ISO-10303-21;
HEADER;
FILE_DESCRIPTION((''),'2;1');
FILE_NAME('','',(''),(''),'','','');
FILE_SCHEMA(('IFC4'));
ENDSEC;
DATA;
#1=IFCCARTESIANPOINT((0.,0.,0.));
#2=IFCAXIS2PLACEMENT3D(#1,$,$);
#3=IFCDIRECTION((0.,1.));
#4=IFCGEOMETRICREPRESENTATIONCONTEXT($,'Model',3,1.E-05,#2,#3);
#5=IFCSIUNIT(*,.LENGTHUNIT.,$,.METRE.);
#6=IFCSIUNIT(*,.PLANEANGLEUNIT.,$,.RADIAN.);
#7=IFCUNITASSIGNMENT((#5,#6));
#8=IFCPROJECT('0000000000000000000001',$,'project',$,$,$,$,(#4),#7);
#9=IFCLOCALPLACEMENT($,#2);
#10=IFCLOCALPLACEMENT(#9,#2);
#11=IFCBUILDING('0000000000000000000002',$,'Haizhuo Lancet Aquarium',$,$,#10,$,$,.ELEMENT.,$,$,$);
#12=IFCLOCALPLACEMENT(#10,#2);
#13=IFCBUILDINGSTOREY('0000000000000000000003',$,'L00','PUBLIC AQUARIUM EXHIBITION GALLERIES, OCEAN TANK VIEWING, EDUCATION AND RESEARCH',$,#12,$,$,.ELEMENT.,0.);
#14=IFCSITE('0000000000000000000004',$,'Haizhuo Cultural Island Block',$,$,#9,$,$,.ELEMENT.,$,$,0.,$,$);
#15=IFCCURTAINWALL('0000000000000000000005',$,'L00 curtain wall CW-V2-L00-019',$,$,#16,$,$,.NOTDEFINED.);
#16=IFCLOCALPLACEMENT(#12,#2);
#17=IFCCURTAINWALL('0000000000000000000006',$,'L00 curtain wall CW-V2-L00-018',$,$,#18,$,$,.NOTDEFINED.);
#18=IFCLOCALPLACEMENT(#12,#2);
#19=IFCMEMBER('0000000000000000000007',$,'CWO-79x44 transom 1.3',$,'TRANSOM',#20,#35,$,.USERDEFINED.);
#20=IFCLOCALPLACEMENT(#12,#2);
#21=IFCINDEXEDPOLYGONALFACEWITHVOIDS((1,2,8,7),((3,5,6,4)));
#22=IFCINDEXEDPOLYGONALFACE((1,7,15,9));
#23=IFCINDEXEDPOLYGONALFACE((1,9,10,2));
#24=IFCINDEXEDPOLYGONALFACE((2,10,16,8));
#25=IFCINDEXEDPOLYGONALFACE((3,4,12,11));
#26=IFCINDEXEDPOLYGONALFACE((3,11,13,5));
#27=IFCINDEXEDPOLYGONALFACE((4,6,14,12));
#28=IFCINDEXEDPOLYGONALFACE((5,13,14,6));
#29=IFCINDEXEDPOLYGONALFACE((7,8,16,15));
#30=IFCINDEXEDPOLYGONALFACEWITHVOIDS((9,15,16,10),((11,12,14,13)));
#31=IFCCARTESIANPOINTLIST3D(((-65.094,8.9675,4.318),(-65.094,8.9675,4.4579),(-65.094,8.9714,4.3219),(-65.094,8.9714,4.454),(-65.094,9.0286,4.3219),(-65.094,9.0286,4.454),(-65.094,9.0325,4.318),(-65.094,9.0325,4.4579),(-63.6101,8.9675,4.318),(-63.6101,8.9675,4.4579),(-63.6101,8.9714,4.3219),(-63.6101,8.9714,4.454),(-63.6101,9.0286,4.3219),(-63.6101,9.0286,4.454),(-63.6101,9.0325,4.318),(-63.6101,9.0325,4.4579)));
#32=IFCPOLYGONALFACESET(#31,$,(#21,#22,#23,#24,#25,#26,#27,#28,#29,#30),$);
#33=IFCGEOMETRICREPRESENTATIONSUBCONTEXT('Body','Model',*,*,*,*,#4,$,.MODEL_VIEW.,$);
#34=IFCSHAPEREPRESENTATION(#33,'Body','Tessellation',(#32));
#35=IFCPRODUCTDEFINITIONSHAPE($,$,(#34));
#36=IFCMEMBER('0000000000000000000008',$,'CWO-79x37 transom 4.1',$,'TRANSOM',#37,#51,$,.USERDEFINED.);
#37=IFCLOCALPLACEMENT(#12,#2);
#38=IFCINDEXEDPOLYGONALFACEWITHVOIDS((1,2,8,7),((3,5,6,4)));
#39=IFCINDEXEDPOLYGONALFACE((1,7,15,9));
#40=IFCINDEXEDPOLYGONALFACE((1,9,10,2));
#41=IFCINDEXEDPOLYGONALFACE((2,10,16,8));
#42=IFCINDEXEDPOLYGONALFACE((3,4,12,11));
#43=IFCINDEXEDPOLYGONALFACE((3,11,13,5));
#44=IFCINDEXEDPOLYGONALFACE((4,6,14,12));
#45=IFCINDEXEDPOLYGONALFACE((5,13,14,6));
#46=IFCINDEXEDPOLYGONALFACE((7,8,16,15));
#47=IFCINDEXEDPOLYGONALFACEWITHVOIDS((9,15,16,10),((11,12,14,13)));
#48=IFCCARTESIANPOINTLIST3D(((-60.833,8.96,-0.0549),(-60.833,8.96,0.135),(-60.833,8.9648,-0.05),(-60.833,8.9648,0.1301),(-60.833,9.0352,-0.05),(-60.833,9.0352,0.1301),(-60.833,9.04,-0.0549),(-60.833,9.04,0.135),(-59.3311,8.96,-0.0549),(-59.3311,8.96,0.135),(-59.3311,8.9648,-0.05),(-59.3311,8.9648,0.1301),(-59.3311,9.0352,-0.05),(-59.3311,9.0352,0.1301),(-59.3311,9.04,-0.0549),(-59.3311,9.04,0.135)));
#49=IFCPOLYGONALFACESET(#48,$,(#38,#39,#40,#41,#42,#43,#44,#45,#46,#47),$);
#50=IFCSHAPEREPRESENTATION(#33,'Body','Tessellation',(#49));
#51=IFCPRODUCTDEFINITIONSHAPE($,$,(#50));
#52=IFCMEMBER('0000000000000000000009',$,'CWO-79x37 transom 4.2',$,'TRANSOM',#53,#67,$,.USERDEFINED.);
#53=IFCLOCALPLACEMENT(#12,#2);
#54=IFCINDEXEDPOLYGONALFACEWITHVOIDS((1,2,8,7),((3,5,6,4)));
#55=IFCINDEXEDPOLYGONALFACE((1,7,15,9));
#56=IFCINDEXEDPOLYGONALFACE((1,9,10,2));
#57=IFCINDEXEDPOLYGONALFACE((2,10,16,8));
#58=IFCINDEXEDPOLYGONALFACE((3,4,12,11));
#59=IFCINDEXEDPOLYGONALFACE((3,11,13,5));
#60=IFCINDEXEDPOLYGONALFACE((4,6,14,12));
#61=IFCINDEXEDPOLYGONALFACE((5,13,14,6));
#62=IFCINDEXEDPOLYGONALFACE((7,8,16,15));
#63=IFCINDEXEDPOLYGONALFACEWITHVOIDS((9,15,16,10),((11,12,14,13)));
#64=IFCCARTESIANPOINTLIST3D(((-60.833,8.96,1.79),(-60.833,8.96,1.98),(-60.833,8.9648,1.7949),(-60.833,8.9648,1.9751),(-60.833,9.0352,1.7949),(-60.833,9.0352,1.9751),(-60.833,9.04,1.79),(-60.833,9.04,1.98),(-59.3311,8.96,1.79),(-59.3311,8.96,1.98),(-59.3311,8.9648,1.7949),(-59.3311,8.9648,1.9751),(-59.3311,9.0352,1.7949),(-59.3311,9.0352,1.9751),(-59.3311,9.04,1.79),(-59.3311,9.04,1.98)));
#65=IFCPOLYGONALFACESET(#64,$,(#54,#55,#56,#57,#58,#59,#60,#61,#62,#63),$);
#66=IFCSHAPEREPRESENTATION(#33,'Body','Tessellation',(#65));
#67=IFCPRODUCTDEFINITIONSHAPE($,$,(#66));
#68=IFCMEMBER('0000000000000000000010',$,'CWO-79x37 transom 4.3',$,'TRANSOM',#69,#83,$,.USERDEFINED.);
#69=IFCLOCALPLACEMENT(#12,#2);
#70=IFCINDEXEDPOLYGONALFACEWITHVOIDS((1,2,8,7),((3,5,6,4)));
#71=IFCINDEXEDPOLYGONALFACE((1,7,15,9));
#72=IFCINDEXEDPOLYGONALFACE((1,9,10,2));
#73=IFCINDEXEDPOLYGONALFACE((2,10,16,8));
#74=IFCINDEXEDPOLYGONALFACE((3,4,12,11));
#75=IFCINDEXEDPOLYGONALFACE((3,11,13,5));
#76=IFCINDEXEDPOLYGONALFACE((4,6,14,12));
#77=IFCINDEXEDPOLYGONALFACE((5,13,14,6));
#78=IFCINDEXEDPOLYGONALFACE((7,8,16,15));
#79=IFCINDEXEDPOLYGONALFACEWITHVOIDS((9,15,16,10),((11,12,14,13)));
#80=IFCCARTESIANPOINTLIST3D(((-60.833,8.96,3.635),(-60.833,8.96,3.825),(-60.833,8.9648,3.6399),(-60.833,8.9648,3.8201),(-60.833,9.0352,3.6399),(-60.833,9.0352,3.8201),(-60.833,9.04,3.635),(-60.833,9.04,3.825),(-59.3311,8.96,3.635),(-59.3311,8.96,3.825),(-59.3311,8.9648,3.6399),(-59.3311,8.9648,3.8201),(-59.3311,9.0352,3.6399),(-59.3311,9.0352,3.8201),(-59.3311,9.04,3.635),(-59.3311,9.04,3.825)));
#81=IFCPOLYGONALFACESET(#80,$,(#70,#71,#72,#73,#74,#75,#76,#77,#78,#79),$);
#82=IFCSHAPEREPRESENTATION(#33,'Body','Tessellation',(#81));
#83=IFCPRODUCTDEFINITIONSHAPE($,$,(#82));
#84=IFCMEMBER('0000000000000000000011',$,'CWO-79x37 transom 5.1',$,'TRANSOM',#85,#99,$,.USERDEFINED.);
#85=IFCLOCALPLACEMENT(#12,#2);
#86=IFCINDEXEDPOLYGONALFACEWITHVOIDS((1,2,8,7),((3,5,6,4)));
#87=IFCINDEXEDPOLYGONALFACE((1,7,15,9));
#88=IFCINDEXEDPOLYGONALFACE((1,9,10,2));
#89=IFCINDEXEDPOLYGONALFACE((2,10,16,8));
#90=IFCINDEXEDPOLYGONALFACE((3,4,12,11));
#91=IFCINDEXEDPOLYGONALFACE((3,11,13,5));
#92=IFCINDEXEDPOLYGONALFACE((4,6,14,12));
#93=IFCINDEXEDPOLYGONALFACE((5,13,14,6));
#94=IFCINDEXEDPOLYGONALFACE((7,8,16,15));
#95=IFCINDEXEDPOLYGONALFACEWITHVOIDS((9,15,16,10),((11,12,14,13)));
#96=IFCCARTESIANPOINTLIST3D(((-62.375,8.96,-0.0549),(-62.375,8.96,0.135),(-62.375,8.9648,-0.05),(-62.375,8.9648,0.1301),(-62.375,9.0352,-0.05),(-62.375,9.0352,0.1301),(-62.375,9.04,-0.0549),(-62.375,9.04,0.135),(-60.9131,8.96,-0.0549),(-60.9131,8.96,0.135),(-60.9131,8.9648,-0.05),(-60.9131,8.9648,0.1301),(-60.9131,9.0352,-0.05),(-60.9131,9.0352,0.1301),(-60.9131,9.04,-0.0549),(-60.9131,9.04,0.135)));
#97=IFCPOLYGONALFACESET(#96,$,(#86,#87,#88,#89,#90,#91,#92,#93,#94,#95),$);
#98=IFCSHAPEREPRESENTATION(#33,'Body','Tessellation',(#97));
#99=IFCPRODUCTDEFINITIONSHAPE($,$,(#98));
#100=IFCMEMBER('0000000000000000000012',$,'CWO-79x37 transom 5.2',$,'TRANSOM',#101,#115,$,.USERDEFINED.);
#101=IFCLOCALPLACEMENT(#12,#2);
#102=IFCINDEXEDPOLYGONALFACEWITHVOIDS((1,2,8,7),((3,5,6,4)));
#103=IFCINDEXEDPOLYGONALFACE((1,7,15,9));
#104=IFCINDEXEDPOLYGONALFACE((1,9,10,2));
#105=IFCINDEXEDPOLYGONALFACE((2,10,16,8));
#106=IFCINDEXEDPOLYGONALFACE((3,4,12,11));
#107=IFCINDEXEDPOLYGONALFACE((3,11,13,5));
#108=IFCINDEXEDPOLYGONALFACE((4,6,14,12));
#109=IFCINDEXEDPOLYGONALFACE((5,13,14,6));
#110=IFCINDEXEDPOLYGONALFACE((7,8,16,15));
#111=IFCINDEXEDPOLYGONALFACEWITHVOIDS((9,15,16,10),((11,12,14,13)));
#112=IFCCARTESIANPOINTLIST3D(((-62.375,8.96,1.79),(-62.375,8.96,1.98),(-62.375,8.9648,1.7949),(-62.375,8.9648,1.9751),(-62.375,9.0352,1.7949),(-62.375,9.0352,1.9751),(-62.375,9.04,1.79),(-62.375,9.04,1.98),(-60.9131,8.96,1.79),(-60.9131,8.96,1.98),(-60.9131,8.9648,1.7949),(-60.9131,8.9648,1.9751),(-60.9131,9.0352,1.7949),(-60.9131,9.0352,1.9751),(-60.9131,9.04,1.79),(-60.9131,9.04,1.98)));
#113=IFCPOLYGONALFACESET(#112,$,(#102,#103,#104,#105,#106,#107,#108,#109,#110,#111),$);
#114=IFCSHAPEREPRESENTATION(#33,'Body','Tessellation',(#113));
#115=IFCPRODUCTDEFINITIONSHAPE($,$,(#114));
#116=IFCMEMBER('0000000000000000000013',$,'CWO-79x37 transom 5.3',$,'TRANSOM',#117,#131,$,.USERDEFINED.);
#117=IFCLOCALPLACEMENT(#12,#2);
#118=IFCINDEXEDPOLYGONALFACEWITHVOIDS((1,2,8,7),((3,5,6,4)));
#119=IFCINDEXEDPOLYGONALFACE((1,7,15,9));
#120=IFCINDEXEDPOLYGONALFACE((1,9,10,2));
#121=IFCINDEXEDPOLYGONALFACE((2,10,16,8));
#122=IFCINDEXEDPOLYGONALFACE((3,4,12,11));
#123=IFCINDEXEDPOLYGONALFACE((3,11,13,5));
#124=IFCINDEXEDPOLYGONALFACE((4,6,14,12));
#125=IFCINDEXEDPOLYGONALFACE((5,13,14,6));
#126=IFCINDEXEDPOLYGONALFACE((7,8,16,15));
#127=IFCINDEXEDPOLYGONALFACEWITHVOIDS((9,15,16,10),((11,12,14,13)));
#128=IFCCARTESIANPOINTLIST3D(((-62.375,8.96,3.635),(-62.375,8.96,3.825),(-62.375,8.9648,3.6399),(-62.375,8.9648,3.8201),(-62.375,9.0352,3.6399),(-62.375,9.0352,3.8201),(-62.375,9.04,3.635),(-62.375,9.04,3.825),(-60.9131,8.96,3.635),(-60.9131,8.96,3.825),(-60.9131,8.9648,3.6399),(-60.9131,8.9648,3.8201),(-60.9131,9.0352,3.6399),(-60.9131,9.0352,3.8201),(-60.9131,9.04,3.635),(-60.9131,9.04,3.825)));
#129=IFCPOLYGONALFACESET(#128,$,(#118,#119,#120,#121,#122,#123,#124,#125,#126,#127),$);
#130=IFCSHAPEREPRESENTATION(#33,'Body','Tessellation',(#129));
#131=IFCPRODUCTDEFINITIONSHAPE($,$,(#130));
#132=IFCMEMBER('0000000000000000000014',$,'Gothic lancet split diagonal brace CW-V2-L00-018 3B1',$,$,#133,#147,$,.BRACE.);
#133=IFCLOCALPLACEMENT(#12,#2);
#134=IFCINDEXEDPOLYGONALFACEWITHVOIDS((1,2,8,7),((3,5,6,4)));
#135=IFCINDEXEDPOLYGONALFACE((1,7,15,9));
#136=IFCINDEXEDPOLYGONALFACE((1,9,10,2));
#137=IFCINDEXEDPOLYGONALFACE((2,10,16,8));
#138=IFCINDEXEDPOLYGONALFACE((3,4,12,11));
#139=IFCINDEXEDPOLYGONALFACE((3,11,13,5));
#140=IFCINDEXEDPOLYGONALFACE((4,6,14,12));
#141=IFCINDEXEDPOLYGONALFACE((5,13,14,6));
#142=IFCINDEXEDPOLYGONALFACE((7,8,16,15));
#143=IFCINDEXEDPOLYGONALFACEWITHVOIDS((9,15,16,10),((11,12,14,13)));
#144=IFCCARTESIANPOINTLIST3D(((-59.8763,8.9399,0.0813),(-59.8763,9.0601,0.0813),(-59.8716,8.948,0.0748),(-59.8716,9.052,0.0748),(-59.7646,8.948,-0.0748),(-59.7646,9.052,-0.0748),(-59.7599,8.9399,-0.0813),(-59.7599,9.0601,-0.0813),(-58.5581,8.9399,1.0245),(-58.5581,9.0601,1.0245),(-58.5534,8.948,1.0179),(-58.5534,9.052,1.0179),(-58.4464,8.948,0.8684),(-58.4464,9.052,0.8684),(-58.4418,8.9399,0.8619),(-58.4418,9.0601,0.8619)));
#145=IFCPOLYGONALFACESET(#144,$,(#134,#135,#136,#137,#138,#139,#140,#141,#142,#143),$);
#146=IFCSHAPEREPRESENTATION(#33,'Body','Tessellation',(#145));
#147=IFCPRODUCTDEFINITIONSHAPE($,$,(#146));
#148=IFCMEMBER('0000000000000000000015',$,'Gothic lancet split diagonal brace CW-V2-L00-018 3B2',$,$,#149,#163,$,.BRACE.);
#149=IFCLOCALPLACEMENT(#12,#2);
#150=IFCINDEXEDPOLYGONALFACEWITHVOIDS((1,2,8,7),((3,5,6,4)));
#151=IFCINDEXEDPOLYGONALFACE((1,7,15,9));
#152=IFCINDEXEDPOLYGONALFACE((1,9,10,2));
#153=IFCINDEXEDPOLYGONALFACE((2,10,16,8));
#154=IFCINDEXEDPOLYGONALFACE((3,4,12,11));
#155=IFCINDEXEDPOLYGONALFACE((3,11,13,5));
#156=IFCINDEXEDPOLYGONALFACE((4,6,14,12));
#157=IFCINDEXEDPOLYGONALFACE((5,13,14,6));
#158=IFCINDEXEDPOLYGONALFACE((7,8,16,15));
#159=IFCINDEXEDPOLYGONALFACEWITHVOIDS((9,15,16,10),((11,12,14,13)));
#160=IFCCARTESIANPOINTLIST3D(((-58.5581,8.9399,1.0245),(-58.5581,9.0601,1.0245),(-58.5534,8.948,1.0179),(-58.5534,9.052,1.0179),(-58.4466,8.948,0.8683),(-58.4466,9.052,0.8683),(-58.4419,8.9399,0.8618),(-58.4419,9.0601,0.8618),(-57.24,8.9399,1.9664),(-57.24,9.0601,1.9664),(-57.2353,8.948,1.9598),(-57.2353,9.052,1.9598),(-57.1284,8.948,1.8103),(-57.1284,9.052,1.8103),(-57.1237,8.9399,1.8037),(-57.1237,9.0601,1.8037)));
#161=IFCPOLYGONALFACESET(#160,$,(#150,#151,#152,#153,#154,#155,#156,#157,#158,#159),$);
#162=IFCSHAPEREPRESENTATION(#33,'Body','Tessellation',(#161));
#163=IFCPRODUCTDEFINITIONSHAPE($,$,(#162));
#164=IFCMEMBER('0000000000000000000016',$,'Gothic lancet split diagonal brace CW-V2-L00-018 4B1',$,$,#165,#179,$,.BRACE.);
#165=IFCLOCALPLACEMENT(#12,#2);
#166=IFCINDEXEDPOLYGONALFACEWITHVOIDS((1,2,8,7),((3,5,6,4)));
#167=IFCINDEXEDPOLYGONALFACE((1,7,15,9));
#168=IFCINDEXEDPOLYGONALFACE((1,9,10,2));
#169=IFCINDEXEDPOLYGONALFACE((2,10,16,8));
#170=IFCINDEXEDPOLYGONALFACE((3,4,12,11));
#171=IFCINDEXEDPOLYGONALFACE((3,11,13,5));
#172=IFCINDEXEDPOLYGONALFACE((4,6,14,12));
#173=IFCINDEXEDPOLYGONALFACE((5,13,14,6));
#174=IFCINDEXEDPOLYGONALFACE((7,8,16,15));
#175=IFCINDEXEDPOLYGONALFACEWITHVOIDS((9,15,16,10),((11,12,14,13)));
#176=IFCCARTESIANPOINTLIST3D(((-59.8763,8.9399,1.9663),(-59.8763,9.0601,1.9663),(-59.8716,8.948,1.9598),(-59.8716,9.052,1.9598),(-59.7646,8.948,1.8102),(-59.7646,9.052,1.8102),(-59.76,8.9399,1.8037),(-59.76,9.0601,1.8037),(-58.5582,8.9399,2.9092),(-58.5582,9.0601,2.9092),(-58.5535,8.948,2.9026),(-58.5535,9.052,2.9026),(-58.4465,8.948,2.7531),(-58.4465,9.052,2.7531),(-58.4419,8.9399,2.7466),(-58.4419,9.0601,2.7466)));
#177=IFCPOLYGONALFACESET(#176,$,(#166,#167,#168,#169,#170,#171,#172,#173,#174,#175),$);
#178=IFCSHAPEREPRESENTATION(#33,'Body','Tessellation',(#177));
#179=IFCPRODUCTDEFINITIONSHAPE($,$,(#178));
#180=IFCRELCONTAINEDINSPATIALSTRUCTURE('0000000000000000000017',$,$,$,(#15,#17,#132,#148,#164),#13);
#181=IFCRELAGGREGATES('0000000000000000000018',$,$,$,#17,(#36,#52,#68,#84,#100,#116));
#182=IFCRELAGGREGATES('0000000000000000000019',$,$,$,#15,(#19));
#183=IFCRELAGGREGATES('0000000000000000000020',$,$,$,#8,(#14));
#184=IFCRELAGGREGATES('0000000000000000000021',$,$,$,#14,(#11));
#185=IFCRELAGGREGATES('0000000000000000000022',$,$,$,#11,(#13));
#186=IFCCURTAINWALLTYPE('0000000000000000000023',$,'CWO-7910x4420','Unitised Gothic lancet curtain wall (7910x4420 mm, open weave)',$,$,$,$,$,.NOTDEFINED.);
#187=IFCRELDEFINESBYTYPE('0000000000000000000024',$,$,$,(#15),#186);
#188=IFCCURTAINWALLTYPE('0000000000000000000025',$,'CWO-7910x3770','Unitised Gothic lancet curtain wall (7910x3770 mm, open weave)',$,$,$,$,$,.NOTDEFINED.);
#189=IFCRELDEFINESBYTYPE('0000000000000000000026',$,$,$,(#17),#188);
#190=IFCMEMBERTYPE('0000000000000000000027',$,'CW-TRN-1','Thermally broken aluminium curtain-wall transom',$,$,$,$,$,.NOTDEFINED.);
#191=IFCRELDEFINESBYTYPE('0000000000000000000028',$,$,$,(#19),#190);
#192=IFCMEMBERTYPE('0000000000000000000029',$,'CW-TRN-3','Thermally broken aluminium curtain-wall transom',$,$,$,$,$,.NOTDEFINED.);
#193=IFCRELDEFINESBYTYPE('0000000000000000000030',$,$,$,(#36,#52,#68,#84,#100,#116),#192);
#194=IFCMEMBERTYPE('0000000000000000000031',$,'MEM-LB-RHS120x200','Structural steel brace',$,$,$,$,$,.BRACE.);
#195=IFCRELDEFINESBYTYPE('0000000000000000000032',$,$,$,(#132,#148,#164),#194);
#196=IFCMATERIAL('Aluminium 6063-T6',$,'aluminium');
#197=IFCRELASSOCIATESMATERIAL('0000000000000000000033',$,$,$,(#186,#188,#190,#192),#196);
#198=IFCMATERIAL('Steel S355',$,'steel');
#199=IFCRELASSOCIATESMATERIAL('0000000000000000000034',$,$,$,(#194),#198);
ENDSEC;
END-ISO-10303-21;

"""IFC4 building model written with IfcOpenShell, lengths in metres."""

from ifc_helpers import new_model, si_unit, direction, frame, origin, origin_2d, place, context, subcontext, project, spatial, hollow_rectangle, extrude, material, material_profile, profile_set, type_object, element, aggregate, save


model = new_model("IFC4")

# Units and contexts
model_context = context("Model", 3, precision=1e-05, world=origin(), true_north=direction((0.0, 1.0)))
body_context = subcontext(model_context, "Body", "Model", "MODEL_VIEW")
ifc_project = project(units=[si_unit("LENGTHUNIT", "METRE"), si_unit("PLANEANGLEUNIT", "RADIAN")], contexts=[model_context])

# Site, building, storey
site_placement = place(None, origin())
site = spatial("IfcSite", under=ifc_project, at=site_placement, Name="Haizhuo Cultural Island Block", CompositionType="ELEMENT", RefElevation=0.0)
building_placement = place(site_placement, origin())
building = spatial("IfcBuilding", under=site, at=building_placement, Name="Haizhuo Lancet Aquarium", CompositionType="ELEMENT")
storey_placement = place(building_placement, origin())
storey = spatial("IfcBuildingStorey", under=building, at=storey_placement, Name="L00", Description="PUBLIC AQUARIUM EXHIBITION GALLERIES, OCEAN TANK VIEWING, EDUCATION AND RESEARCH", CompositionType="ELEMENT", Elevation=0.0)

# Shared definitions
ifc_material_1 = material(Name="Steel S355", Category="steel")

# Curtain wall
ifc_material_2 = material(Name="Aluminium 6063-T6", Category="aluminium")
curtain_wall_type_1 = type_object("IfcCurtainWallType", Name="CWO-7910x4420", Description="Unitised Gothic lancet curtain wall (7910x4420 mm, open weave)", PredefinedType="NOTDEFINED", material=ifc_material_2)
curtain_wall_1_placement = place(storey_placement, origin())
curtain_wall_1 = element("IfcCurtainWall", 1, at=curtain_wall_1_placement, inside=storey, type_object=curtain_wall_type_1, Name="L00 curtain wall CW-V2-L00-019", PredefinedType="NOTDEFINED")

# Curtain wall
curtain_wall_type_2 = type_object("IfcCurtainWallType", Name="CWO-7910x3770", Description="Unitised Gothic lancet curtain wall (7910x3770 mm, open weave)", PredefinedType="NOTDEFINED", material=ifc_material_2)
curtain_wall_2_placement = place(storey_placement, origin())
curtain_wall_2 = element("IfcCurtainWall", 2, at=curtain_wall_2_placement, inside=storey, type_object=curtain_wall_type_2, Name="L00 curtain wall CW-V2-L00-018", PredefinedType="NOTDEFINED")

# Members
ifc_material_profile_1 = material_profile(ifc_material_2, hollow_rectangle(XDim=0.0649, YDim=0.1399, WallThickness=0.0039, at=origin_2d()), Name="ALU-T 65x140x4")
ifc_profile_set_1 = profile_set([ifc_material_profile_1], Name="Aluminium 6063-T6")
member_type_1 = type_object("IfcMemberType", Name="CW-TRN-1", Description="Thermally broken aluminium curtain-wall transom", PredefinedType="NOTDEFINED", material=ifc_profile_set_1)
member_1_placement = place(storey_placement, frame((-63.6101, 9.0, 4.3879), z_axis=(-1.0, 0.0, 0.0), x_axis=(0.0, -1.0, 0.0)))
member_1 = element("IfcMember", 3, at=member_1_placement, type_object=member_type_1, Name="CWO-79x44 transom 1.3", ObjectType="TRANSOM", PredefinedType="USERDEFINED", context=body_context, shape_type="SweptSolid", body=[
    extrude(hollow_rectangle(XDim=0.0649, YDim=0.1399, WallThickness=0.0039, at=origin_2d()), origin(), (0.0, 0.0, 1.0), 1.4839),
])
ifc_material_profile_2 = material_profile(ifc_material_2, hollow_rectangle(XDim=0.0801, YDim=0.1899, WallThickness=0.0049, at=origin_2d()), Name="ALU-T 80x190x5")
ifc_profile_set_2 = profile_set([ifc_material_profile_2], Name="Aluminium 6063-T6")
member_type_2 = type_object("IfcMemberType", Name="CW-TRN-3", Description="Thermally broken aluminium curtain-wall transom", PredefinedType="NOTDEFINED", material=ifc_profile_set_2)
member_2_placement = place(storey_placement, frame((-59.3311, 9.0, 0.04), z_axis=(-1.0, 0.0, 0.0), x_axis=(0.0, -1.0, 0.0)))
member_2 = element("IfcMember", 4, at=member_2_placement, type_object=member_type_2, Name="CWO-79x37 transom 4.1", ObjectType="TRANSOM", PredefinedType="USERDEFINED", context=body_context, shape_type="SweptSolid", body=[
    extrude(hollow_rectangle(XDim=0.0801, YDim=0.1899, WallThickness=0.0049, at=origin_2d()), origin(), (0.0, 0.0, 1.0), 1.502),
])
member_3_placement = place(storey_placement, frame((-59.3311, 9.0, 1.885), z_axis=(-1.0, 0.0, 0.0), x_axis=(0.0, -1.0, 0.0)))
member_3 = element("IfcMember", 5, at=member_3_placement, type_object=member_type_2, Name="CWO-79x37 transom 4.2", ObjectType="TRANSOM", PredefinedType="USERDEFINED", context=body_context, shape_type="SweptSolid", body=[
    extrude(hollow_rectangle(XDim=0.0801, YDim=0.1899, WallThickness=0.0049, at=origin_2d()), origin(), (0.0, 0.0, 1.0), 1.502),
])
member_4_placement = place(storey_placement, frame((-59.3311, 9.0, 3.73), z_axis=(-1.0, 0.0, 0.0), x_axis=(0.0, -1.0, 0.0)))
member_4 = element("IfcMember", 6, at=member_4_placement, type_object=member_type_2, Name="CWO-79x37 transom 4.3", ObjectType="TRANSOM", PredefinedType="USERDEFINED", context=body_context, shape_type="SweptSolid", body=[
    extrude(hollow_rectangle(XDim=0.0801, YDim=0.1899, WallThickness=0.0049, at=origin_2d()), origin(), (0.0, 0.0, 1.0), 1.502),
])
member_5_placement = place(storey_placement, frame((-60.9131, 9.0, 0.04), z_axis=(-1.0, 0.0, 0.0), x_axis=(0.0, -1.0, 0.0)))
member_5 = element("IfcMember", 7, at=member_5_placement, type_object=member_type_2, Name="CWO-79x37 transom 5.1", ObjectType="TRANSOM", PredefinedType="USERDEFINED", context=body_context, shape_type="SweptSolid", body=[
    extrude(hollow_rectangle(XDim=0.0801, YDim=0.1899, WallThickness=0.0049, at=origin_2d()), origin(), (0.0, 0.0, 1.0), 1.4619),
])
member_6_placement = place(storey_placement, frame((-60.9131, 9.0, 1.885), z_axis=(-1.0, 0.0, 0.0), x_axis=(0.0, -1.0, 0.0)))
member_6 = element("IfcMember", 8, at=member_6_placement, type_object=member_type_2, Name="CWO-79x37 transom 5.2", ObjectType="TRANSOM", PredefinedType="USERDEFINED", context=body_context, shape_type="SweptSolid", body=[
    extrude(hollow_rectangle(XDim=0.0801, YDim=0.1899, WallThickness=0.0049, at=origin_2d()), origin(), (0.0, 0.0, 1.0), 1.4619),
])
member_7_placement = place(storey_placement, frame((-60.9131, 9.0, 3.73), z_axis=(-1.0, 0.0, 0.0), x_axis=(0.0, -1.0, 0.0)))
member_7 = element("IfcMember", 9, at=member_7_placement, type_object=member_type_2, Name="CWO-79x37 transom 5.3", ObjectType="TRANSOM", PredefinedType="USERDEFINED", context=body_context, shape_type="SweptSolid", body=[
    extrude(hollow_rectangle(XDim=0.0801, YDim=0.1899, WallThickness=0.0049, at=origin_2d()), origin(), (0.0, 0.0, 1.0), 1.4619),
])

# Members
ifc_material_profile_3 = material_profile(ifc_material_1, hollow_rectangle(XDim=0.1201, YDim=0.2, WallThickness=0.0081, at=origin_2d()), Name="RHS 120x200x8")
ifc_profile_set_3 = profile_set([ifc_material_profile_3], Name="Steel S355")
member_type_3 = type_object("IfcMemberType", Name="MEM-LB-RHS120x200", Description="Structural steel brace", PredefinedType="BRACE", material=ifc_profile_set_3)
member_8_placement = place(storey_placement, frame((-59.8181, 9.0, 0.0), z_axis=(0.813265, 0.0, 0.581893), x_axis=(0.0, 1.0, 0.0)))
element("IfcMember", 10, at=member_8_placement, inside=storey, type_object=member_type_3, Name="Gothic lancet split diagonal brace CW-V2-L00-018 3B1", PredefinedType="BRACE", context=body_context, shape_type="SweptSolid", body=[
    extrude(hollow_rectangle(XDim=0.1201, YDim=0.2, WallThickness=0.0081, at=origin_2d()), origin(), (0.0, 0.0, 1.0), 1.6208),
])
member_9_placement = place(storey_placement, frame((-58.5, 9.0, 0.9431), z_axis=(0.813621, 0.0, 0.581395), x_axis=(0.0, 1.0, 0.0)))
element("IfcMember", 11, at=member_9_placement, inside=storey, type_object=member_type_3, Name="Gothic lancet split diagonal brace CW-V2-L00-018 3B2", PredefinedType="BRACE", context=body_context, shape_type="SweptSolid", body=[
    extrude(hollow_rectangle(XDim=0.1201, YDim=0.2, WallThickness=0.0081, at=origin_2d()), origin(), (0.0, 0.0, 1.0), 1.6201),
])
member_10_placement = place(storey_placement, frame((-59.8181, 9.0, 1.885), z_axis=(0.813336, 0.0, 0.581794), x_axis=(0.0, 1.0, 0.0)))
element("IfcMember", 12, at=member_10_placement, inside=storey, type_object=member_type_3, Name="Gothic lancet split diagonal brace CW-V2-L00-018 4B1", PredefinedType="BRACE", context=body_context, shape_type="SweptSolid", body=[
    extrude(hollow_rectangle(XDim=0.1201, YDim=0.2, WallThickness=0.0081, at=origin_2d()), origin(), (0.0, 0.0, 1.0), 1.6206),
])

aggregate(curtain_wall_2, [member_2, member_3, member_4, member_5, member_6, member_7])
aggregate(curtain_wall_1, [member_1])

save(model, "model.ifc")
